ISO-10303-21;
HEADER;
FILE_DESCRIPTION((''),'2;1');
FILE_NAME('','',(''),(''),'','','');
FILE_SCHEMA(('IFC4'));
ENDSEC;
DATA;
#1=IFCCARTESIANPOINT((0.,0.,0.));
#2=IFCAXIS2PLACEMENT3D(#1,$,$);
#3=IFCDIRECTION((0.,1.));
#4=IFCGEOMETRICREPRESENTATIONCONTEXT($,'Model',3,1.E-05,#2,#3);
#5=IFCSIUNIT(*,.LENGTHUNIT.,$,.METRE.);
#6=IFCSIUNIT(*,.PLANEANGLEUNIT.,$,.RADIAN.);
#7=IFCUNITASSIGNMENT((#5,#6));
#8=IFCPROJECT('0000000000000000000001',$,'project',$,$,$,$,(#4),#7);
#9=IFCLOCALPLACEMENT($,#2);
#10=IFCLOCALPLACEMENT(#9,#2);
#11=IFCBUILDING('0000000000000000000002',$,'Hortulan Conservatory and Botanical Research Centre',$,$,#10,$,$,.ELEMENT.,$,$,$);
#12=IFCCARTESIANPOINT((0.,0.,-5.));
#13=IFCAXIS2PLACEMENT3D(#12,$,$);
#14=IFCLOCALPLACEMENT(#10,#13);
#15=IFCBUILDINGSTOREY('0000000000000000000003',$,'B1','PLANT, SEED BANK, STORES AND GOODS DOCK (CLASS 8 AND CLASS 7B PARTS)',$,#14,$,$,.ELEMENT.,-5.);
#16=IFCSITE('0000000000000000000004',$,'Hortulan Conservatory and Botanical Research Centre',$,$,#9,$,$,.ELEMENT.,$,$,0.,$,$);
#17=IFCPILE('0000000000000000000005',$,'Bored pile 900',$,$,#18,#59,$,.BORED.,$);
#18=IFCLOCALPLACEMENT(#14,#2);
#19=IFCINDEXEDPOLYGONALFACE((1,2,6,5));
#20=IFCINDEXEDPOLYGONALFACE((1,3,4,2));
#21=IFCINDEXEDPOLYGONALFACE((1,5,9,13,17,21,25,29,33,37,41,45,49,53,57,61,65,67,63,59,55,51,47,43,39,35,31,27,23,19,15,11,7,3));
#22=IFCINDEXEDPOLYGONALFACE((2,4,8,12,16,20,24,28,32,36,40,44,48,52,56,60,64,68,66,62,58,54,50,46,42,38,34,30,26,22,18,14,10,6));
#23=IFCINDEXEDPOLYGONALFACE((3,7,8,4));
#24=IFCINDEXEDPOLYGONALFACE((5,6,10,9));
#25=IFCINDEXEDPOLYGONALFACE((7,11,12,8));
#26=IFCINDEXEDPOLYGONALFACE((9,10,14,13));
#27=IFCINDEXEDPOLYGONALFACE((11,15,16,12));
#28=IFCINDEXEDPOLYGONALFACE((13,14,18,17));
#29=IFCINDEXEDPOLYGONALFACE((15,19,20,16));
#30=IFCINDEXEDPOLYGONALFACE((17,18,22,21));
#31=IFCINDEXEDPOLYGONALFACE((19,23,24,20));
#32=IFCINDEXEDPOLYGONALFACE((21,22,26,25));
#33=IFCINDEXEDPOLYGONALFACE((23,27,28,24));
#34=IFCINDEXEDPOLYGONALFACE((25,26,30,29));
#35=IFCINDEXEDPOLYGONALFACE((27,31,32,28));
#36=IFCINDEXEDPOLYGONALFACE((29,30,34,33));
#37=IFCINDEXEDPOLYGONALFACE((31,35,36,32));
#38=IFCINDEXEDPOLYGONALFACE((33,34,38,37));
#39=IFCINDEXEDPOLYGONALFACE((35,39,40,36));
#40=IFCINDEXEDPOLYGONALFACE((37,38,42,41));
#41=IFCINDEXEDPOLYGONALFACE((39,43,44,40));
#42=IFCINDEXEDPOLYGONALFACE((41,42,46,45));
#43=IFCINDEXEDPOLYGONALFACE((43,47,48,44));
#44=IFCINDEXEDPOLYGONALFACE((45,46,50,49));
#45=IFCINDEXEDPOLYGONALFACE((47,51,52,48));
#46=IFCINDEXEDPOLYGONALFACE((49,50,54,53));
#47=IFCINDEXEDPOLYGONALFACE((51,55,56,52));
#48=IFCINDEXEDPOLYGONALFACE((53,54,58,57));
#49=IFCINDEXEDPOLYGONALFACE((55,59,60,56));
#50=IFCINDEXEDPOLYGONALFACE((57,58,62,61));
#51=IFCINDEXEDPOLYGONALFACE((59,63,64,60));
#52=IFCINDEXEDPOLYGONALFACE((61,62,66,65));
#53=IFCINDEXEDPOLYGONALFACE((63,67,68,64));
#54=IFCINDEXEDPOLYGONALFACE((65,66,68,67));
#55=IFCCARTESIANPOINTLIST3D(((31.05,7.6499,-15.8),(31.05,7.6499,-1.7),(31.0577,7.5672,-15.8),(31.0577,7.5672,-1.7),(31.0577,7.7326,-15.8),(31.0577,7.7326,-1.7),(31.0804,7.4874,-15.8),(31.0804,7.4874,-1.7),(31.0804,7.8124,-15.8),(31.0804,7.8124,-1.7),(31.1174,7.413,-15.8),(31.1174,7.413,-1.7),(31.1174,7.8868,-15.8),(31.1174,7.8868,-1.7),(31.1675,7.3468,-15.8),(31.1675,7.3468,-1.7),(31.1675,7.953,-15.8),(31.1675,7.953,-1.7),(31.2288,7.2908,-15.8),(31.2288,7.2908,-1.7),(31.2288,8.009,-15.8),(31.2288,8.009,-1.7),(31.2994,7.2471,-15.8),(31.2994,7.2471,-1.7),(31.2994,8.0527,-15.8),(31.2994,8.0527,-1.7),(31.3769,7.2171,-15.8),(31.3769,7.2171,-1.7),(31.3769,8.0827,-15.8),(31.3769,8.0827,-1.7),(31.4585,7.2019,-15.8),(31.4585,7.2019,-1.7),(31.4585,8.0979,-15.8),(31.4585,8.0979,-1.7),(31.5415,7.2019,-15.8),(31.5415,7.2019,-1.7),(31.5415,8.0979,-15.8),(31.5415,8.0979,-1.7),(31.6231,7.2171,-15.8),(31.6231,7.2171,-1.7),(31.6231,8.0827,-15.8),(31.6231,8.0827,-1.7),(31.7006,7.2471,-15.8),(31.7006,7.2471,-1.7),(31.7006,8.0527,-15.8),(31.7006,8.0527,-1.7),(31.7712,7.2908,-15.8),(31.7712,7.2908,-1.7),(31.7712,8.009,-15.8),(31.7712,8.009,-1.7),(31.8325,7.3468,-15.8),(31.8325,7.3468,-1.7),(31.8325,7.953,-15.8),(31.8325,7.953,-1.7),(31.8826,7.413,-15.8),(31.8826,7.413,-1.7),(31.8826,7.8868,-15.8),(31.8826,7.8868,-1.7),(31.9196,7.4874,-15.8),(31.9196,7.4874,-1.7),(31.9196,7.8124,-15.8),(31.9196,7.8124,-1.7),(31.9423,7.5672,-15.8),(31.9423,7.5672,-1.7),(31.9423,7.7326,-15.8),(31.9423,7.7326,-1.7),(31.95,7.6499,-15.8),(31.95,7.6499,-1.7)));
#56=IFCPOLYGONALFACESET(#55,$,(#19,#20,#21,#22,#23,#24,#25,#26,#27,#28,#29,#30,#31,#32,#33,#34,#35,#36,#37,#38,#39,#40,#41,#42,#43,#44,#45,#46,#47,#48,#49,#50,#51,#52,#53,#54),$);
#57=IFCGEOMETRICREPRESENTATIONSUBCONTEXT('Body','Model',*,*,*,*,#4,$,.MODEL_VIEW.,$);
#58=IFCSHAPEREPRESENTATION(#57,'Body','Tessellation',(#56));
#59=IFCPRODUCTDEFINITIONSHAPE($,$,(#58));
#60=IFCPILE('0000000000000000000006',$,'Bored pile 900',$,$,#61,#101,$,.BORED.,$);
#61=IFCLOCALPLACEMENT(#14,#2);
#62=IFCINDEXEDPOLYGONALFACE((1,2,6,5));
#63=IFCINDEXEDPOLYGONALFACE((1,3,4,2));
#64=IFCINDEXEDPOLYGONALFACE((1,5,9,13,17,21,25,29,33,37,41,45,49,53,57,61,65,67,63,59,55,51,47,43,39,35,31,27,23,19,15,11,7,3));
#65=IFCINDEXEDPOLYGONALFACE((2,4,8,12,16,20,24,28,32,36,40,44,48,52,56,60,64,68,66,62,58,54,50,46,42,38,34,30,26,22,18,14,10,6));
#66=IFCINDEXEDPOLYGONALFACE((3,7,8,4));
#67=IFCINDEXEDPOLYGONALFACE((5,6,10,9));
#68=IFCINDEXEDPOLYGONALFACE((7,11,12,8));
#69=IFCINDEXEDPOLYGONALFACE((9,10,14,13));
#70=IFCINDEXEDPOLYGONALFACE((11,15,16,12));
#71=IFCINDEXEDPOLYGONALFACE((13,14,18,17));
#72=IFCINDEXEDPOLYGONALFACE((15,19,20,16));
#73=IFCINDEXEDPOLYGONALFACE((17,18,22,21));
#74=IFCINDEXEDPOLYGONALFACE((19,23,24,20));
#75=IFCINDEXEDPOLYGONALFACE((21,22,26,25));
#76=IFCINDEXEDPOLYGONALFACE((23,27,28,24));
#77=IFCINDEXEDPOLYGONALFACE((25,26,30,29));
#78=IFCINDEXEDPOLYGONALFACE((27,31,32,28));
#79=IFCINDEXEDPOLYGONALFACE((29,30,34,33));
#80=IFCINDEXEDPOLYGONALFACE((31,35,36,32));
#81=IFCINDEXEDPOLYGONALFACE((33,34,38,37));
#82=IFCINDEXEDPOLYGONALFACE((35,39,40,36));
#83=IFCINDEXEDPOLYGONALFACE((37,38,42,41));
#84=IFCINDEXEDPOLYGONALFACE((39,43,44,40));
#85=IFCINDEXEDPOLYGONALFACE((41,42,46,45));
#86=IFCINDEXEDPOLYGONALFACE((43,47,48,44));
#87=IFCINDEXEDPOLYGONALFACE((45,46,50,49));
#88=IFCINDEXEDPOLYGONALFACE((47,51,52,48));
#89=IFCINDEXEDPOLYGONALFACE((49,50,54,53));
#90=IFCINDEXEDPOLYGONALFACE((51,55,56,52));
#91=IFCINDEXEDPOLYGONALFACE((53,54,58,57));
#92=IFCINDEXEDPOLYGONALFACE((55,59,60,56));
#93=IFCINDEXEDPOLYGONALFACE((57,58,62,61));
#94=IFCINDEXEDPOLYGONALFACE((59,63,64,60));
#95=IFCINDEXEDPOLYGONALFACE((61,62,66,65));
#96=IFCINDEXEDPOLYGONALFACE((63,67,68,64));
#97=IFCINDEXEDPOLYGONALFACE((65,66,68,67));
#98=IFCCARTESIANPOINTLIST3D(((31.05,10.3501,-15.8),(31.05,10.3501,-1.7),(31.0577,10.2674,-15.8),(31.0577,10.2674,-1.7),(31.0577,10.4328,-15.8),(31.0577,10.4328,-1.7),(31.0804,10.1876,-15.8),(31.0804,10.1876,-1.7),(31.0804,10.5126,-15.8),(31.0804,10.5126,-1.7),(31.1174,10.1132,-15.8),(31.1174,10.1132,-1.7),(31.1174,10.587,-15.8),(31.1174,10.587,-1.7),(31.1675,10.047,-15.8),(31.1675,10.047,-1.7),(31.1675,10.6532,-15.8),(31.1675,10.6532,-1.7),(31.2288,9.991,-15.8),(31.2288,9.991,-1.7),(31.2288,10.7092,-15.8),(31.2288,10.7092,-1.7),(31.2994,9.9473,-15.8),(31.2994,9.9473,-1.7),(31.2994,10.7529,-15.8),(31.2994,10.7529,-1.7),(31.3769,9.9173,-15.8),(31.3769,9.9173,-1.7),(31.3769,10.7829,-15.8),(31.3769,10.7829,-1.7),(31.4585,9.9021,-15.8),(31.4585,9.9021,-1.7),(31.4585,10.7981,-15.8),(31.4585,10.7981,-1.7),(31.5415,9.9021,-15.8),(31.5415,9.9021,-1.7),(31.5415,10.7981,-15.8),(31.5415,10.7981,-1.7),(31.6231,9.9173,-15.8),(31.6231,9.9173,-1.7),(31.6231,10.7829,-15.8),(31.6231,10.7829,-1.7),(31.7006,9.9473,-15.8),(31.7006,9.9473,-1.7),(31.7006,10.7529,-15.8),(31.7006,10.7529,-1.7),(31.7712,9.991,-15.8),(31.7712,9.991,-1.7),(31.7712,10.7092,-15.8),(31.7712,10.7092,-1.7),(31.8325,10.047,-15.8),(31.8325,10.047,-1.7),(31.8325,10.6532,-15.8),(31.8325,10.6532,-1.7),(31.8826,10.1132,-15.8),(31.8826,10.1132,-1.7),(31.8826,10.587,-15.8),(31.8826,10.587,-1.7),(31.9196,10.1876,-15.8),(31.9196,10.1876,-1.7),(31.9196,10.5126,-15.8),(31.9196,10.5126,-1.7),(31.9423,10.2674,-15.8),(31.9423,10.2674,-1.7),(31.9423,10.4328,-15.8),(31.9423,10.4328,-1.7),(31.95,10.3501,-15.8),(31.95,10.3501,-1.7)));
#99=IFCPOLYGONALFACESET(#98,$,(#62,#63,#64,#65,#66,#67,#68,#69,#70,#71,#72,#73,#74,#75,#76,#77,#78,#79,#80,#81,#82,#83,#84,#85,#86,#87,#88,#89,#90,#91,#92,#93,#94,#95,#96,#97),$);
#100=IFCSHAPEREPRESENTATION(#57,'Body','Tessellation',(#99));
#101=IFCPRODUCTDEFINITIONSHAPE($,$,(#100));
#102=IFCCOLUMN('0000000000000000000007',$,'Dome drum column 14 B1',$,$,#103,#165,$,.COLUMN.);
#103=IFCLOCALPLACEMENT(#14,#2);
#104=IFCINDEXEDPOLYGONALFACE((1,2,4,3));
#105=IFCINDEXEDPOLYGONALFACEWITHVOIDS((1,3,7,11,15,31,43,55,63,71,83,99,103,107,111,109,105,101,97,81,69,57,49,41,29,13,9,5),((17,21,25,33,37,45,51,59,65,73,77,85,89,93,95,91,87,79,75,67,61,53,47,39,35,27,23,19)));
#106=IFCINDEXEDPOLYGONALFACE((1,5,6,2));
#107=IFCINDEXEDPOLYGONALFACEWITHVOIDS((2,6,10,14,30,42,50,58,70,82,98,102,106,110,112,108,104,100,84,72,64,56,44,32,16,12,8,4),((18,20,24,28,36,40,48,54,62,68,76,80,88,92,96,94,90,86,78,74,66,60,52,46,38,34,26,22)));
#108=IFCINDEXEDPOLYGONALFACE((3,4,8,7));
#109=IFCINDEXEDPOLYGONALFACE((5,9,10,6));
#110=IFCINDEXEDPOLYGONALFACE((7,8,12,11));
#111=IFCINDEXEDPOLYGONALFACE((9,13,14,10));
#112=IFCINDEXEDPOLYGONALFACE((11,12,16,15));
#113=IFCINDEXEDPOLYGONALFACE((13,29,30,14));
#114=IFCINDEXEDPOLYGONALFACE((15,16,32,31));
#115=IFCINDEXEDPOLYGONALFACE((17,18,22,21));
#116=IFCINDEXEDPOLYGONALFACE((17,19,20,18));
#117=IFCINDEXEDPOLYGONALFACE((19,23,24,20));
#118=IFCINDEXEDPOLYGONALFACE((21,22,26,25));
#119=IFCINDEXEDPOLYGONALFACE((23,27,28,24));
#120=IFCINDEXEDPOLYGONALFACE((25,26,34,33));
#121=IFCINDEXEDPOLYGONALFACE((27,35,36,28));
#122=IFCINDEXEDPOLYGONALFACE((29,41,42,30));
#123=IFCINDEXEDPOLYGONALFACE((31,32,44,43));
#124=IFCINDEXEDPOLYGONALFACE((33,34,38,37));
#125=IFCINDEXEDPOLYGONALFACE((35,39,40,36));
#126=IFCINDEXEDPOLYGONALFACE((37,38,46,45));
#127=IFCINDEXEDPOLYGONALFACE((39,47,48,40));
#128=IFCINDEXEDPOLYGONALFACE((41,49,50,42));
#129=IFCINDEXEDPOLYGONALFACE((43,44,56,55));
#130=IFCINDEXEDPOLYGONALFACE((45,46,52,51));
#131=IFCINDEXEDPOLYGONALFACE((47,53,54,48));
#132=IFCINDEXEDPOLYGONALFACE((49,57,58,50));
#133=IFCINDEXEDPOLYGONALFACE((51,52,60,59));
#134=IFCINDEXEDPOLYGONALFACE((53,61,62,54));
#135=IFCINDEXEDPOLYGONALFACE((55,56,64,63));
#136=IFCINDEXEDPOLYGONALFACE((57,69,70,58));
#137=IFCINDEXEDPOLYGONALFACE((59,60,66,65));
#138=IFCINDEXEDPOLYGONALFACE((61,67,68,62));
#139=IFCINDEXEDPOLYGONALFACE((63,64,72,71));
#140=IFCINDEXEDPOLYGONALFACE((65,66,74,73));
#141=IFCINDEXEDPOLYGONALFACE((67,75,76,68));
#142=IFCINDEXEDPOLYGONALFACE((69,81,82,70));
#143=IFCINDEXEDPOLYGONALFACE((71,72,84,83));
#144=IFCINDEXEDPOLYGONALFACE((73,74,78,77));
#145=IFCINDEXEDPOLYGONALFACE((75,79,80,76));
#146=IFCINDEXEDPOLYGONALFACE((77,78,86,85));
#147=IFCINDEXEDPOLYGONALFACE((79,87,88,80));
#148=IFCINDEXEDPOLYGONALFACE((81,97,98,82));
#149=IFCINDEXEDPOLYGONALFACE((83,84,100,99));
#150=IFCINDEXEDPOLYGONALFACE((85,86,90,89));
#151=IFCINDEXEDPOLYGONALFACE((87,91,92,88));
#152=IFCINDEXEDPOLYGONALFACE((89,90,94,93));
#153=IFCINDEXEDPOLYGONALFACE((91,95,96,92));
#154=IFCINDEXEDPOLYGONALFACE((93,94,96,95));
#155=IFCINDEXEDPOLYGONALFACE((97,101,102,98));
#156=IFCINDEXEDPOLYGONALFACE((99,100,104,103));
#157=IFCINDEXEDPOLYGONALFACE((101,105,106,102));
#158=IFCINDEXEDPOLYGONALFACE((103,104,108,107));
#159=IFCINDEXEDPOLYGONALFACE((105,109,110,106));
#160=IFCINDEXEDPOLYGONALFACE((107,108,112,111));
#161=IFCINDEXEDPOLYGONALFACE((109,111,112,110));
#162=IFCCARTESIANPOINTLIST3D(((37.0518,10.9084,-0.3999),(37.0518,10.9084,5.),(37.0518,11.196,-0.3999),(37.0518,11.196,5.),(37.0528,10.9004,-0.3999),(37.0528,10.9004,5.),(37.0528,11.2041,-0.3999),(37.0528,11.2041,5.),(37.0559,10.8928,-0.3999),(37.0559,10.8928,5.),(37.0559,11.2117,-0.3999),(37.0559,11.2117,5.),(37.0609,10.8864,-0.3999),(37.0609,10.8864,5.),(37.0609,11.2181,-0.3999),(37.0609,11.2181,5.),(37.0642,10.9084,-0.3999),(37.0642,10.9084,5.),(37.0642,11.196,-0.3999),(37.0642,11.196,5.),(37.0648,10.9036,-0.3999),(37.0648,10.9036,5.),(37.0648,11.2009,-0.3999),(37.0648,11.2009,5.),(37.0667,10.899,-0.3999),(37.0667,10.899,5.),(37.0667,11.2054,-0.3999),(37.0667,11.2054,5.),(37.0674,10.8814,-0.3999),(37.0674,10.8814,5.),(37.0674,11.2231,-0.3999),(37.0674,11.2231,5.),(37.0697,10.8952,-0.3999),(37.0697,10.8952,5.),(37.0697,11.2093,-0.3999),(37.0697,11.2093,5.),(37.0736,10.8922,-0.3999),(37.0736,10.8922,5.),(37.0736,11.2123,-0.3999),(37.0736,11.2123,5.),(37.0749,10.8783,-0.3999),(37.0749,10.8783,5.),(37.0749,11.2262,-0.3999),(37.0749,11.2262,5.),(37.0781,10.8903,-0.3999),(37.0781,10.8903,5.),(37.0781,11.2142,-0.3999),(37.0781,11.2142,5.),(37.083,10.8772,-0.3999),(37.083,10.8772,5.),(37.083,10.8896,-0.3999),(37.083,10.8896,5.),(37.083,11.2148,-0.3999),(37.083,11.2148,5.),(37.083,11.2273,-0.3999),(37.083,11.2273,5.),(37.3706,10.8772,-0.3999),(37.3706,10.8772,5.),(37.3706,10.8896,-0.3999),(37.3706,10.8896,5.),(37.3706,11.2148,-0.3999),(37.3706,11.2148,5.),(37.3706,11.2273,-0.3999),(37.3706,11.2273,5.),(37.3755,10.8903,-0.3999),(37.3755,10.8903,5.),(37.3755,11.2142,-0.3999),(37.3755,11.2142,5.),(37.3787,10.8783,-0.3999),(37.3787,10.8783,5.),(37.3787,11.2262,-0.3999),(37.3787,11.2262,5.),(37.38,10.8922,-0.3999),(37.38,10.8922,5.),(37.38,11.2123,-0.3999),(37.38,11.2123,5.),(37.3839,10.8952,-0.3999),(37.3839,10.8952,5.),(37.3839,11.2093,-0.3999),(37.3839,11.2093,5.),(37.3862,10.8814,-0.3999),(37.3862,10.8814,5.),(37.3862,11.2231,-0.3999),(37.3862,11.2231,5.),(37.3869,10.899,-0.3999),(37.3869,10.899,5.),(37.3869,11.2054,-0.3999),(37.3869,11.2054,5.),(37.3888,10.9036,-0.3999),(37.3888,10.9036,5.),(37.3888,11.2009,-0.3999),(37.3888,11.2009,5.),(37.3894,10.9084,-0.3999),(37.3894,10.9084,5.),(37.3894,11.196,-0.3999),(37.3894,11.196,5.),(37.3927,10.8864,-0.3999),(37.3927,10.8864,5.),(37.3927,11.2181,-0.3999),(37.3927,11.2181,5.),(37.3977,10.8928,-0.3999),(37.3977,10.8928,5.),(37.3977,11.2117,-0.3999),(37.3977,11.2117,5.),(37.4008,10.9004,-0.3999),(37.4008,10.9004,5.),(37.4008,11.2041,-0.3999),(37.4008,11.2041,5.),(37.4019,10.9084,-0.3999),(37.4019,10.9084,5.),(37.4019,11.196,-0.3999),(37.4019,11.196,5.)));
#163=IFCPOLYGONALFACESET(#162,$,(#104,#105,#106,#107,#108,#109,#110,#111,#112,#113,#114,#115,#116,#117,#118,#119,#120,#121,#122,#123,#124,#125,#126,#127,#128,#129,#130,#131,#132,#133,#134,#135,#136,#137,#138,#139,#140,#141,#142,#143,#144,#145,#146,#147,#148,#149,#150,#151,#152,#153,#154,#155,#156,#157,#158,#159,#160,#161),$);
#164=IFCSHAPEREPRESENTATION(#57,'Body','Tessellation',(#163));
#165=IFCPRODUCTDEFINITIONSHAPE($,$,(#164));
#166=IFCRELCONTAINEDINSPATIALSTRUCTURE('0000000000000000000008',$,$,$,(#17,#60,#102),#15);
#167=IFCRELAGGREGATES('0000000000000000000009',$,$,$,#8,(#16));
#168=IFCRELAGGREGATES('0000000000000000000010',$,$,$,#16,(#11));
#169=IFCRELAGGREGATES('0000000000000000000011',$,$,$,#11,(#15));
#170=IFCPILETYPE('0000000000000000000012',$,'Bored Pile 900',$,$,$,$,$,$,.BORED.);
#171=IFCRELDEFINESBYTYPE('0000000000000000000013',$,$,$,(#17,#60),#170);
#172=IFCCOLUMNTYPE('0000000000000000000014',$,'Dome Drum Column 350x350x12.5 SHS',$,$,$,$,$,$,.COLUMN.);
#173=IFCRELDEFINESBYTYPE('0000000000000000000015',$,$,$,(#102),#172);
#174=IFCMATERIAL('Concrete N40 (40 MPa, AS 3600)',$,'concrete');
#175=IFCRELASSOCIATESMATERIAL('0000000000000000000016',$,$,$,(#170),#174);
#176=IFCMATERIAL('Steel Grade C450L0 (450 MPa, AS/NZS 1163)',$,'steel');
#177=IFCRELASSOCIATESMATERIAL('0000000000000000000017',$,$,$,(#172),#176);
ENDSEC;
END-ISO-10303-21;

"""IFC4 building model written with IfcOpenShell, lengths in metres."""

from ifc_helpers import new_model, si_unit, direction, frame, origin, origin_2d, place, context, subcontext, project, spatial, hollow_rectangle, circle, extrude, material, material_profile, profile_set, type_object, element, save


model = new_model("IFC4")

# Units and contexts
model_context = context("Model", 3, precision=1e-05, world=origin(), true_north=direction((0.0, 1.0)))
body_context = subcontext(model_context, "Body", "Model", "MODEL_VIEW")
ifc_project = project(units=[si_unit("LENGTHUNIT", "METRE"), si_unit("PLANEANGLEUNIT", "RADIAN")], contexts=[model_context])

# Site, building, storey
site_placement = place(None, origin())
site = spatial("IfcSite", under=ifc_project, at=site_placement, Name="Hortulan Conservatory and Botanical Research Centre", CompositionType="ELEMENT", RefElevation=0.0)
building_placement = place(site_placement, origin())
building = spatial("IfcBuilding", under=site, at=building_placement, Name="Hortulan Conservatory and Botanical Research Centre", CompositionType="ELEMENT")
storey_placement = place(building_placement, frame((0.0, 0.0, -5.0)))
storey = spatial("IfcBuildingStorey", under=building, at=storey_placement, Name="B1", Description="PLANT, SEED BANK, STORES AND GOODS DOCK (CLASS 8 AND CLASS 7B PARTS)", CompositionType="ELEMENT", Elevation=-5.0)

# Piles
ifc_material_1 = material(Name="Concrete N40 (40 MPa, AS 3600)", Category="concrete")
ifc_material_profile_1 = material_profile(ifc_material_1, circle(Radius=0.45, at=origin_2d()), Name="Bored pile 900 diameter")
ifc_profile_set_1 = profile_set([ifc_material_profile_1], Name="Concrete N40 (40 MPa, AS 3600)")
pile_type_1 = type_object("IfcPileType", Name="Bored Pile 900", PredefinedType="BORED", material=ifc_profile_set_1)
for number, where, z_axis, x_axis, name in (
    (1, (31.5, 7.6499, -1.7), (0.0, 0.0, -1.0), (1.0, 0.0, 0.0), "Bored pile 900"),
    (2, (31.5, 10.3501, -1.7), (0.0, 0.0, -1.0), (1.0, 0.0, 0.0), "Bored pile 900"),
):
    element("IfcPile", number, at=place(storey_placement, frame(where, z_axis=z_axis, x_axis=x_axis)), inside=storey, type_object=pile_type_1, Name=name, PredefinedType="BORED", context=body_context, shape_type="SweptSolid", body=[
        extrude(circle(Radius=0.45, at=origin_2d()), origin(), (0.0, 0.0, 1.0), 14.1001),
    ])

# Column
ifc_material_2 = material(Name="Steel Grade C450L0 (450 MPa, AS/NZS 1163)", Category="steel")
ifc_material_profile_2 = material_profile(ifc_material_2, hollow_rectangle(XDim=0.3501, YDim=0.3501, WallThickness=0.0125, InnerFilletRadius=0.0188, OuterFilletRadius=0.0312, at=origin_2d()), Name="350x350x12.5SHS")
ifc_profile_set_2 = profile_set([ifc_material_profile_2], Name="Steel Grade C450L0 (450 MPa, AS/NZS 1163)")
column_type_1 = type_object("IfcColumnType", Name="Dome Drum Column 350x350x12.5 SHS", PredefinedType="COLUMN", material=ifc_profile_set_2)
for number, where, z_axis, x_axis, name in (
    (3, (37.2268, 11.0522, -0.3999), (0.0, 0.0, 1.0), (1.0, 0.0, 0.0), "Dome drum column 14 B1"),
):
    element("IfcColumn", number, at=place(storey_placement, frame(where, z_axis=z_axis, x_axis=x_axis)), inside=storey, type_object=column_type_1, Name=name, PredefinedType="COLUMN", context=body_context, shape_type="SweptSolid", body=[
        extrude(hollow_rectangle(XDim=0.3501, YDim=0.3501, WallThickness=0.0125, InnerFilletRadius=0.0188, OuterFilletRadius=0.0312, at=origin_2d()), origin(), (0.0, 0.0, 1.0), 5.3999),
    ])

save(model, "model.ifc")
